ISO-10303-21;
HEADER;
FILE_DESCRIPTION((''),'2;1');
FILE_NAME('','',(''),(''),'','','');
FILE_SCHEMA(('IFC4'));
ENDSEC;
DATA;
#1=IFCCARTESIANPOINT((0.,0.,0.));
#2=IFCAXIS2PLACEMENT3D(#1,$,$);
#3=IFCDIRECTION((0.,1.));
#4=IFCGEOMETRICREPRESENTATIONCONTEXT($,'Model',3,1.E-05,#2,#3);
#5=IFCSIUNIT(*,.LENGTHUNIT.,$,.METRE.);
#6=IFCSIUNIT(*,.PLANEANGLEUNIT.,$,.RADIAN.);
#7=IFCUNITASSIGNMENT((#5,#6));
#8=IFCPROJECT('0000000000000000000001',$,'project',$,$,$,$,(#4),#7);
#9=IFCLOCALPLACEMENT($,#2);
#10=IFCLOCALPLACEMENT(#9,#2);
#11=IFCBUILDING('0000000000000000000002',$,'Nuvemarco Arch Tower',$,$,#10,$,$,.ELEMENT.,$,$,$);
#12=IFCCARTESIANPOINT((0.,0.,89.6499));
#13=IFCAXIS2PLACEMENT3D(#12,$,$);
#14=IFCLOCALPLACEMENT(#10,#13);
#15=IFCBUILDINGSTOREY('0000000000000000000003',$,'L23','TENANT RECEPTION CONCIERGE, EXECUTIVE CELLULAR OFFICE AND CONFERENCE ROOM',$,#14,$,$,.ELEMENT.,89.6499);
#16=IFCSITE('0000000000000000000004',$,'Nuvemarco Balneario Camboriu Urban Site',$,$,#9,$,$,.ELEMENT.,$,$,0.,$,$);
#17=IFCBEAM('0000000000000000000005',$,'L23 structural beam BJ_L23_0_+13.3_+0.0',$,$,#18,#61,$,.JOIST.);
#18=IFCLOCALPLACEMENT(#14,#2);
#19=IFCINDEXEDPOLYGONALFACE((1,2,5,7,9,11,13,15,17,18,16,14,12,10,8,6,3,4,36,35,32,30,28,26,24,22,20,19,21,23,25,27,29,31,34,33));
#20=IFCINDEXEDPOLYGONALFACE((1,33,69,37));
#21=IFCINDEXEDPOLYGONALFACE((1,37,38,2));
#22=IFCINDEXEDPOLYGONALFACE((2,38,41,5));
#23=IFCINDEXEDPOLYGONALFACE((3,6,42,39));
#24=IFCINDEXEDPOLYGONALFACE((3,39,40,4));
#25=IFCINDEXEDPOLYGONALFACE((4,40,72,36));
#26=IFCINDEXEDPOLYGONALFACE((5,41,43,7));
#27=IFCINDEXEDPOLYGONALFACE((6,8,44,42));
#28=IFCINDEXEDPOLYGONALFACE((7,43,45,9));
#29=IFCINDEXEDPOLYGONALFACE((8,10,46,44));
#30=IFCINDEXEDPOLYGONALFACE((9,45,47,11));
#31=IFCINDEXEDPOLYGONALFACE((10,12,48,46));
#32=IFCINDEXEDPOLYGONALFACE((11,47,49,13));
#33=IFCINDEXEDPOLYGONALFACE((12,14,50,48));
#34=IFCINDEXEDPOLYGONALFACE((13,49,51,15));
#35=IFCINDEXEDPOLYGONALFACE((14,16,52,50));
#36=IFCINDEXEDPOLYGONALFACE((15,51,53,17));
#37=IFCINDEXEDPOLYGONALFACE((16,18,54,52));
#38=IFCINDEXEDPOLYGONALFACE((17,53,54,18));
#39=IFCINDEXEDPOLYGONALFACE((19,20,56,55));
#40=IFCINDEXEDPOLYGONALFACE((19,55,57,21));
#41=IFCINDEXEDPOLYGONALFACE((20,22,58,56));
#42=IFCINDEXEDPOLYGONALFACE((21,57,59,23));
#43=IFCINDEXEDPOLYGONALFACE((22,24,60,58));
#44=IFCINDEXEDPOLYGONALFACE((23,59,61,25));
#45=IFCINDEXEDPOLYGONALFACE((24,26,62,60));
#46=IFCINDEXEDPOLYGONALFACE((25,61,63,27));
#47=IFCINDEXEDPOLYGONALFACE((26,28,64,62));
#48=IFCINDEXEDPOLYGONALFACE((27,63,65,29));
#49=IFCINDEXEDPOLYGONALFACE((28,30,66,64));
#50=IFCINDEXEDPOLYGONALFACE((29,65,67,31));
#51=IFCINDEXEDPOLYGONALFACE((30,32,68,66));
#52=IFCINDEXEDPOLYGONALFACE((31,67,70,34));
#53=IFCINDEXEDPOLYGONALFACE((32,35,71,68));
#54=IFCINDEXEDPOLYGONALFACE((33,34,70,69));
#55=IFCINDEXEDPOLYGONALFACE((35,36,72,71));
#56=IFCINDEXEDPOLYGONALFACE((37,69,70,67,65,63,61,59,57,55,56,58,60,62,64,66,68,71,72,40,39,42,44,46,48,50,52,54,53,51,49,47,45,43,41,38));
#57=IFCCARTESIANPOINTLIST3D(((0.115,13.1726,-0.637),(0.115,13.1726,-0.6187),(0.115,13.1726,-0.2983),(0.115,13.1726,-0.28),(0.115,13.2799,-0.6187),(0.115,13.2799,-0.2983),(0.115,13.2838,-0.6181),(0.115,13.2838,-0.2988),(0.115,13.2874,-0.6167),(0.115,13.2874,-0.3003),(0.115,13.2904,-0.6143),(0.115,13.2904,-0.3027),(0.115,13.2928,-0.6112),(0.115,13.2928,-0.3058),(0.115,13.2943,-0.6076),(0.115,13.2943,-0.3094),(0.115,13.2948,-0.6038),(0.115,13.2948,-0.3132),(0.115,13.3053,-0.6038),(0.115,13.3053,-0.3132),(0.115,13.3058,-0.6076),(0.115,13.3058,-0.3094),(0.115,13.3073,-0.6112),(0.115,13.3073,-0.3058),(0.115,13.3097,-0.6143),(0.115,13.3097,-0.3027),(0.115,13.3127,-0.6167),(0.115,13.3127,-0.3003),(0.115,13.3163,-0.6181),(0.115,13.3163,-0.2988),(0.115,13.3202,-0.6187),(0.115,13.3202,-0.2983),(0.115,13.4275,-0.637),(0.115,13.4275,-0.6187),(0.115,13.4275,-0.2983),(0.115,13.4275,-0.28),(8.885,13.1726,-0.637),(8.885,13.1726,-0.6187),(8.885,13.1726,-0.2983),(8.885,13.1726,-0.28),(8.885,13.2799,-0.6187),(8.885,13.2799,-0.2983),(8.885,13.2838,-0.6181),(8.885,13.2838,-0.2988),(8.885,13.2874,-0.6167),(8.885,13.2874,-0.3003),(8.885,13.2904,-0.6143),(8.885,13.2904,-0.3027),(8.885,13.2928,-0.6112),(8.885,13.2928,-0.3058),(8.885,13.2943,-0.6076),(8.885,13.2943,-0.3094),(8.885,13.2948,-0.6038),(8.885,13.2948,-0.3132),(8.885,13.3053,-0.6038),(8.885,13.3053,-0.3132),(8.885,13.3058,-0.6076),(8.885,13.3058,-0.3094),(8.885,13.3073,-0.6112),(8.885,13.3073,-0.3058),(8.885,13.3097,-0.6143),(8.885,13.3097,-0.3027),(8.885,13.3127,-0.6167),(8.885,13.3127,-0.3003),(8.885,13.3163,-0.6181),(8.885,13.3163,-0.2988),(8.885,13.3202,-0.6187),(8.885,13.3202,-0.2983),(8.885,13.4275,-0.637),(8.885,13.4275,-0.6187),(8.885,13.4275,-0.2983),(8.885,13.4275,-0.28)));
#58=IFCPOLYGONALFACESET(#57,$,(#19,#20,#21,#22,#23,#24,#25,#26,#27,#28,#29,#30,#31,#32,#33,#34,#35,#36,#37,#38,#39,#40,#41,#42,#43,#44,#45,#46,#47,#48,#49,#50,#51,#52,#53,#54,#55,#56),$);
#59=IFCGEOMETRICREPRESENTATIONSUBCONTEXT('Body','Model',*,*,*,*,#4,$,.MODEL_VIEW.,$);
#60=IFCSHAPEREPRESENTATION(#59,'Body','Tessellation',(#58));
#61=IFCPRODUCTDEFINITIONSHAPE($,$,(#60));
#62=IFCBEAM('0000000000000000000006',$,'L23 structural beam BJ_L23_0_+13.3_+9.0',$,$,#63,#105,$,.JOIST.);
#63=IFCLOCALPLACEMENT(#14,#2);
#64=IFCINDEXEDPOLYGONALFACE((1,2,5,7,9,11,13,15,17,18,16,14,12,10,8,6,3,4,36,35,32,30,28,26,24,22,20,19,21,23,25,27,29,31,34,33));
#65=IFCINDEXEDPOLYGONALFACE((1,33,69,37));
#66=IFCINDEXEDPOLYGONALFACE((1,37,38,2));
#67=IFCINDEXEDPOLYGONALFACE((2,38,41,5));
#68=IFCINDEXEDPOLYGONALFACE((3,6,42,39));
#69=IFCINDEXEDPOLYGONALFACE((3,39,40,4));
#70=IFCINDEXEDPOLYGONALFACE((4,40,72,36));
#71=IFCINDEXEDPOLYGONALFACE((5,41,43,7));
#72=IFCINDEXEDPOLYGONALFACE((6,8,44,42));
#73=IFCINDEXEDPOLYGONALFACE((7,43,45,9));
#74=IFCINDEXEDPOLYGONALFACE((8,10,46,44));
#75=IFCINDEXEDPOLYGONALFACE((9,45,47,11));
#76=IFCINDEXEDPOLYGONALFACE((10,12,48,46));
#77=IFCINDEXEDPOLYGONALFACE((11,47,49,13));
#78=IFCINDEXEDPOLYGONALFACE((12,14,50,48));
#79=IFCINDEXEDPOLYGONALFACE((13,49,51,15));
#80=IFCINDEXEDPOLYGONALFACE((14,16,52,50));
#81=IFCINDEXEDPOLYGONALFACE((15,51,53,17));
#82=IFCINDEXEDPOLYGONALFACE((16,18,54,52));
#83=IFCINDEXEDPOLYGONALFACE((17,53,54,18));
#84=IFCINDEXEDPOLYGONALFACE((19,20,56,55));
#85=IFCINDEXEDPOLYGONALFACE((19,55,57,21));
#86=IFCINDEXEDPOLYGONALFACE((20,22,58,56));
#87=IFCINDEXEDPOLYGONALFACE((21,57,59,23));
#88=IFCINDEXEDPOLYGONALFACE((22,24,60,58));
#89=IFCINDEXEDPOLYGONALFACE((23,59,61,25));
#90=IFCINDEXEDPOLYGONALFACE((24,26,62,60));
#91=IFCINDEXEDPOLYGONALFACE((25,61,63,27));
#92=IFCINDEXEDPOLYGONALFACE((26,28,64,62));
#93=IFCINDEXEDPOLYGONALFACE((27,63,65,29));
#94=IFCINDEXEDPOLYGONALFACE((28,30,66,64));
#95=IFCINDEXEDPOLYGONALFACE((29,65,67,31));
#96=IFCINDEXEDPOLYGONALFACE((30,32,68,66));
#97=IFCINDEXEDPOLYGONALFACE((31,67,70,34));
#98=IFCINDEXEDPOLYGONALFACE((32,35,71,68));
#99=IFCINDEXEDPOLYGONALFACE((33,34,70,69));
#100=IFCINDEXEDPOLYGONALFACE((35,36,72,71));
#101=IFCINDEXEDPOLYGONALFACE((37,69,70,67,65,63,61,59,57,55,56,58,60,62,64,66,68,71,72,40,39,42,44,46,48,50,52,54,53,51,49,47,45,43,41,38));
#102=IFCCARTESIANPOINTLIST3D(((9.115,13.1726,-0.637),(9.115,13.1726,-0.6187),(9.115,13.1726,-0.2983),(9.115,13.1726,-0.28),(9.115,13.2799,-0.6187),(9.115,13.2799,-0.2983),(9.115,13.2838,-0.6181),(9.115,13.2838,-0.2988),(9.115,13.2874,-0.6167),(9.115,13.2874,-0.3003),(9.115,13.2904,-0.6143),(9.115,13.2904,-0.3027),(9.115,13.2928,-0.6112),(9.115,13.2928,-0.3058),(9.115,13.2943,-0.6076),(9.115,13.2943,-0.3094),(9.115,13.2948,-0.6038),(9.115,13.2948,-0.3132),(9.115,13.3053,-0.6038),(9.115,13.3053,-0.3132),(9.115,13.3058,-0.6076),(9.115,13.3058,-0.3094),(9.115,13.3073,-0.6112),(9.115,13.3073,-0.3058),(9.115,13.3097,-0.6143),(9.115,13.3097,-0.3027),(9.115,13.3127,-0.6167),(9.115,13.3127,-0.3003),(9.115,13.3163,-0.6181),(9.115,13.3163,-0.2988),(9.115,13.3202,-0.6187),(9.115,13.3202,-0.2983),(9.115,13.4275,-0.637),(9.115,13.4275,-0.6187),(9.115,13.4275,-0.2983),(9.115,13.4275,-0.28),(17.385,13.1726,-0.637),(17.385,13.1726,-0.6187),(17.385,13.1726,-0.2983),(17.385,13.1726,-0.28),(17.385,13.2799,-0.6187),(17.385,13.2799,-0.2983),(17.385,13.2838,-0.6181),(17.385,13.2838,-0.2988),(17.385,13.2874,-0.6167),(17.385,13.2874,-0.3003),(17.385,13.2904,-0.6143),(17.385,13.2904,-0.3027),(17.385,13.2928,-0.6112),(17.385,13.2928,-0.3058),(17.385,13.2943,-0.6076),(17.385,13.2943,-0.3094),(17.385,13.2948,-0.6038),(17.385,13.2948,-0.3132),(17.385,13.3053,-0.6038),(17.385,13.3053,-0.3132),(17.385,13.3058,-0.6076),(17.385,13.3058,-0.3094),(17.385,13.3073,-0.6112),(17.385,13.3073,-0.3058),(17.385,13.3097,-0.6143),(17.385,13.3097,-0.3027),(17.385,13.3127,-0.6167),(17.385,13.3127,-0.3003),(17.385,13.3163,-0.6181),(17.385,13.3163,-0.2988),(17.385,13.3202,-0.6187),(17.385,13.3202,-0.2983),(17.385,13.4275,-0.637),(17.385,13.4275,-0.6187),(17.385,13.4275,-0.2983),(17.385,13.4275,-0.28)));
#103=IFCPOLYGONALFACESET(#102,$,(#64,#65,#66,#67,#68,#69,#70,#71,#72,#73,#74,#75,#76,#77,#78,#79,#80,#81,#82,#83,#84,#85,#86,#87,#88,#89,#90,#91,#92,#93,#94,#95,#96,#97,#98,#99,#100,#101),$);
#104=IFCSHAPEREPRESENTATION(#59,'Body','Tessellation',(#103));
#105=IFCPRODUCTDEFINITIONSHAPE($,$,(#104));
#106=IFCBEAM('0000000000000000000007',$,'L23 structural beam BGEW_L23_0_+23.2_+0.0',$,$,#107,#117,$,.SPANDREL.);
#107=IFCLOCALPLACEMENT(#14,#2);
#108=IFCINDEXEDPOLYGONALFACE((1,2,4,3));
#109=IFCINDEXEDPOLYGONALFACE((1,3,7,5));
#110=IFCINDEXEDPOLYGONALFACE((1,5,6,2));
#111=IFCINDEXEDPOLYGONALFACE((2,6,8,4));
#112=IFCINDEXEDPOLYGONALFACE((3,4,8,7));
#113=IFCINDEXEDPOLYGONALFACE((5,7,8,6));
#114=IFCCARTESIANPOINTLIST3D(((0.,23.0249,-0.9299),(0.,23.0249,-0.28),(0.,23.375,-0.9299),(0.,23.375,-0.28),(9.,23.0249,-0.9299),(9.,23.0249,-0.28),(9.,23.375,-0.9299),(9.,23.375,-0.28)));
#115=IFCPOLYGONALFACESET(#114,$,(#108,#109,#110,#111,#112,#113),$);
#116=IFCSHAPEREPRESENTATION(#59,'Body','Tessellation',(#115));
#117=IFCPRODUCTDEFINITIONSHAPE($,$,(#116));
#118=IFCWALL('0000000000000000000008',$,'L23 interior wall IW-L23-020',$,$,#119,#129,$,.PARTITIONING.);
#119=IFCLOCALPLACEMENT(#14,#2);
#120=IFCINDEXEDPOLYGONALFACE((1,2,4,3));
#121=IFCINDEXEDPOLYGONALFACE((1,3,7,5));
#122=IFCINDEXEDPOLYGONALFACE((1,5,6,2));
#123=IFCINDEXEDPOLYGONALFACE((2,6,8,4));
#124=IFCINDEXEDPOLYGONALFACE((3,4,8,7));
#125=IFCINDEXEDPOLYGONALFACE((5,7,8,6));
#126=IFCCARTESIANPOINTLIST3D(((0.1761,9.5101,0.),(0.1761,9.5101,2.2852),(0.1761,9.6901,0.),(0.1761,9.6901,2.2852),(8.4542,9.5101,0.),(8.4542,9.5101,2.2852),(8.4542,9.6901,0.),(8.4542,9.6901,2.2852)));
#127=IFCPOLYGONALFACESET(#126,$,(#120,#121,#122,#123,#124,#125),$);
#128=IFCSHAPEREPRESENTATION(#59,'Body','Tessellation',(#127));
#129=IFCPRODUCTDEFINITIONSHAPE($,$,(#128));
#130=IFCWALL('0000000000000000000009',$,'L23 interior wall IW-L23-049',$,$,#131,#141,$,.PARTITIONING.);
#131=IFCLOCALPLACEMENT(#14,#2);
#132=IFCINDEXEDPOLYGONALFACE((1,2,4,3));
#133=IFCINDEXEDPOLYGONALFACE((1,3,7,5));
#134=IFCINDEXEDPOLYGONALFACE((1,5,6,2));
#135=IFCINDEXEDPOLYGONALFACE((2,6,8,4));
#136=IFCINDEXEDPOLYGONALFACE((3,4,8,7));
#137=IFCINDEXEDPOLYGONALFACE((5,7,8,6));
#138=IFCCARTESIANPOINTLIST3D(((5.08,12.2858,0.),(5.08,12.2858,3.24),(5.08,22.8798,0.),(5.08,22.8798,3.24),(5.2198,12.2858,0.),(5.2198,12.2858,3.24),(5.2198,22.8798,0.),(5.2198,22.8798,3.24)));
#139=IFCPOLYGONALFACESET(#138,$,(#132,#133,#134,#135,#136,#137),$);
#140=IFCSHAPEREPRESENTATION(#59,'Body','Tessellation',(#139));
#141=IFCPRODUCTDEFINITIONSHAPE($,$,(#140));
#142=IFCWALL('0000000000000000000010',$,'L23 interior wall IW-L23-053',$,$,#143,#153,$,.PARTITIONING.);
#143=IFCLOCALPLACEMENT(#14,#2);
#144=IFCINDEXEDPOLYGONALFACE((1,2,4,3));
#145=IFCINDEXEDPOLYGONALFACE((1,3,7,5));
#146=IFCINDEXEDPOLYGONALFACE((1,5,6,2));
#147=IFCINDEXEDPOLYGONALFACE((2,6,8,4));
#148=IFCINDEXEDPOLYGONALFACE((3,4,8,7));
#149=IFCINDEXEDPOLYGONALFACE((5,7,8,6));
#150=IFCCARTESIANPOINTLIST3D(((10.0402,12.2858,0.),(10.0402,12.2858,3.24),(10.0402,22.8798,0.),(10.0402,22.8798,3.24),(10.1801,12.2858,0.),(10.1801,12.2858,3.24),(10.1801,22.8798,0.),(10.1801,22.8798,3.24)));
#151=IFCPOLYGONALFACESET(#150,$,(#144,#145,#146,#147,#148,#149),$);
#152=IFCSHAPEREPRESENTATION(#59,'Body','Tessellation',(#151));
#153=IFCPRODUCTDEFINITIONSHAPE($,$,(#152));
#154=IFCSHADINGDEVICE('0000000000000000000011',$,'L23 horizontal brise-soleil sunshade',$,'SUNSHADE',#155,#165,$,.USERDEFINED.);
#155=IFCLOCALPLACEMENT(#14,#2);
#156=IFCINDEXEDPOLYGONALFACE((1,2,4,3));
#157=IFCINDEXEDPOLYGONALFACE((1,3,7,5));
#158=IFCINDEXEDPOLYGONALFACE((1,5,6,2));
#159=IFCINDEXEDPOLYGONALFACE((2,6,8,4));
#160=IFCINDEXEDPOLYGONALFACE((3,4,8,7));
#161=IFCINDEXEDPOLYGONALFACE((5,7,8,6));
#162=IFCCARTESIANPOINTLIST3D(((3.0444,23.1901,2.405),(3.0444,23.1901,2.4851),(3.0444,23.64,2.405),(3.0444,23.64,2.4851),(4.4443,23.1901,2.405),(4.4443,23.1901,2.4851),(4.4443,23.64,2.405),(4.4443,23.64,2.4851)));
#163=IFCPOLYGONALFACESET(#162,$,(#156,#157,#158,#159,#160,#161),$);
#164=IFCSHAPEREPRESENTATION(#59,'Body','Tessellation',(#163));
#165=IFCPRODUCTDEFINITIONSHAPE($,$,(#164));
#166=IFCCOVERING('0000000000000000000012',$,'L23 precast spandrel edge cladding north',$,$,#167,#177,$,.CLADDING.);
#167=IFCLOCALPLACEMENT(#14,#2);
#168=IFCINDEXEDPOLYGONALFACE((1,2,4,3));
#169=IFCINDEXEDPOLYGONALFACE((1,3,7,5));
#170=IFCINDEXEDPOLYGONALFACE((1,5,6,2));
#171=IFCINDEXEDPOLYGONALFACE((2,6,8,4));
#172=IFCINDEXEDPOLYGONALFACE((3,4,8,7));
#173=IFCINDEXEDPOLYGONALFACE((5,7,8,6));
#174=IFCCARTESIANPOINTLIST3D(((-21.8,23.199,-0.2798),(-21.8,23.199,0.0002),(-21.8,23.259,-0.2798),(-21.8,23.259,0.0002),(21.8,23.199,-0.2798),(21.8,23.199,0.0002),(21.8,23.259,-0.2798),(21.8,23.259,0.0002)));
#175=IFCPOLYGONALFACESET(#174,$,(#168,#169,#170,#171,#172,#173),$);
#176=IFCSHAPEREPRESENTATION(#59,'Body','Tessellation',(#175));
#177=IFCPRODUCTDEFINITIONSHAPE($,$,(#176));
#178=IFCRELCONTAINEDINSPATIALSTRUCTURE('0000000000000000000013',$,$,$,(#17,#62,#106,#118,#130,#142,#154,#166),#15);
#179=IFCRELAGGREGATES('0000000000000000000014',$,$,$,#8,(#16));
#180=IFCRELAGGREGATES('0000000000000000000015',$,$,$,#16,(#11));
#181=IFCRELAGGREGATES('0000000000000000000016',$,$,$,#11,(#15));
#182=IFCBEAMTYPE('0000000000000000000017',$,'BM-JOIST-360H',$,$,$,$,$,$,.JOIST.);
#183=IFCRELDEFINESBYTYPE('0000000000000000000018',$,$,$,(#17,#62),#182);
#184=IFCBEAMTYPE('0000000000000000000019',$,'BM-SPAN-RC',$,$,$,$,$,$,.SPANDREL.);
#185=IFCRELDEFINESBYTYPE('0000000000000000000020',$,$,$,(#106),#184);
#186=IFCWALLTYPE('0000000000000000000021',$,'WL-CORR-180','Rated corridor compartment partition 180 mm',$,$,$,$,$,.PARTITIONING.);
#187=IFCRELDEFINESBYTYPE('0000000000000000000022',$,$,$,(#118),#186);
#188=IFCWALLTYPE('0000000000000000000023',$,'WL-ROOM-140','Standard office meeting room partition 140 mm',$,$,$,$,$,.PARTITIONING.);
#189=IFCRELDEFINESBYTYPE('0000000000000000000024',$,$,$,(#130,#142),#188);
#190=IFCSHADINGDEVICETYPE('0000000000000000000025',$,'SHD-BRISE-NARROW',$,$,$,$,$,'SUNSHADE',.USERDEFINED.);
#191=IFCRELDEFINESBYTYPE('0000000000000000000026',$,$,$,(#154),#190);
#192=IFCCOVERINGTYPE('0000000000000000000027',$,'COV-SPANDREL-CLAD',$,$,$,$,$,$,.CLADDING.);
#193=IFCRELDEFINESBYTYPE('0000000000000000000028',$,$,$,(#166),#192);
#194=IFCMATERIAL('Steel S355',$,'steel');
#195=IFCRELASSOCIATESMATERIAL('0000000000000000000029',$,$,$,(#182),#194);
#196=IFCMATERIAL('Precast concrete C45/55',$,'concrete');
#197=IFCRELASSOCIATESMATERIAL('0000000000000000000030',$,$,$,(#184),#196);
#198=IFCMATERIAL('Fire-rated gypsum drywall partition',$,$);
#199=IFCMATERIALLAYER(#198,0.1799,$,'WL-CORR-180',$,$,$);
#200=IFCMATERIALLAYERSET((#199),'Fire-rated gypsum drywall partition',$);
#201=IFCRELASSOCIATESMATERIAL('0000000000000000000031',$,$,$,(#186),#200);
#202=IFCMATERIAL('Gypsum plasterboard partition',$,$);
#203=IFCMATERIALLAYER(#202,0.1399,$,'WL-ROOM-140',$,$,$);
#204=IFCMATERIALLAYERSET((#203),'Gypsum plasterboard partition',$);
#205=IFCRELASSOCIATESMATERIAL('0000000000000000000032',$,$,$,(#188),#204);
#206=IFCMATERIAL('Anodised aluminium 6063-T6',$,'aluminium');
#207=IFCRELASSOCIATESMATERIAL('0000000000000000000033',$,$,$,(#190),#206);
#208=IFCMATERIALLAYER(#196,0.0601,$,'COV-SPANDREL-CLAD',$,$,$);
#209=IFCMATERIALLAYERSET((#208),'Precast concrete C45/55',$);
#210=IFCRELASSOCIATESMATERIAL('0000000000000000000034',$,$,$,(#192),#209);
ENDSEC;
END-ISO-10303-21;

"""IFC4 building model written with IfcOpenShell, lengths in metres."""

from ifc_helpers import new_model, si_unit, direction, frame, frame_2d, origin, origin_2d, place, context, subcontext, project, spatial, rectangle, i_section, extrude, source, transform, mapped, material, layer, layer_set, material_profile, profile_set, type_object, type_shapes, element, save


model = new_model("IFC4")

# Units and contexts
model_context = context("Model", 3, precision=1e-05, world=origin(), true_north=direction((0.0, 1.0)))
body_context = subcontext(model_context, "Body", "Model", "MODEL_VIEW")
ifc_project = project(units=[si_unit("LENGTHUNIT", "METRE"), si_unit("PLANEANGLEUNIT", "RADIAN")], contexts=[model_context])

# Site, building, storey
site_placement = place(None, origin())
site = spatial("IfcSite", under=ifc_project, at=site_placement, Name="Nuvemarco Balneario Camboriu Urban Site", CompositionType="ELEMENT", RefElevation=0.0)
building_placement = place(site_placement, origin())
building = spatial("IfcBuilding", under=site, at=building_placement, Name="Nuvemarco Arch Tower", CompositionType="ELEMENT")
storey_placement = place(building_placement, frame((0.0, 0.0, 89.6499)))
storey = spatial("IfcBuildingStorey", under=building, at=storey_placement, Name="L23", Description="TENANT RECEPTION CONCIERGE, EXECUTIVE CELLULAR OFFICE AND CONFERENCE ROOM", CompositionType="ELEMENT", Elevation=89.6499)

# Shared definitions
ifc_material_1 = material(Name="Steel S355", Category="steel")

# Beams
ifc_material_profile_1 = material_profile(ifc_material_1, i_section(OverallWidth=0.2549, OverallDepth=0.3569, WebThickness=0.0105, FlangeThickness=0.0183, FilletRadius=0.0149, at=origin_2d()), Name="W360x101")
ifc_profile_set_1 = profile_set([ifc_material_profile_1], Name="Steel S355")
beam_type_1 = type_object("IfcBeamType", Name="BM-JOIST-360H", PredefinedType="JOIST", material=ifc_profile_set_1)
beam_1_placement = place(storey_placement, frame((0.115, 13.3, -0.4585), z_axis=(1.0, 0.0, 0.0), x_axis=(0.0, 1.0, 0.0)))
element("IfcBeam", 1, at=beam_1_placement, inside=storey, type_object=beam_type_1, Name="L23 structural beam BJ_L23_0_+13.3_+0.0", PredefinedType="JOIST", context=body_context, shape_type="SweptSolid", body=[
    extrude(i_section(OverallWidth=0.2549, OverallDepth=0.3569, WebThickness=0.0105, FlangeThickness=0.0183, FilletRadius=0.0149, at=origin_2d()), origin(), (0.0, 0.0, 1.0), 8.77),
])
beam_2_placement = place(storey_placement, frame((9.115, 13.3, -0.4585), z_axis=(1.0, 0.0, 0.0), x_axis=(0.0, 1.0, 0.0)))
element("IfcBeam", 2, at=beam_2_placement, inside=storey, type_object=beam_type_1, Name="L23 structural beam BJ_L23_0_+13.3_+9.0", PredefinedType="JOIST", context=body_context, shape_type="SweptSolid", body=[
    extrude(i_section(OverallWidth=0.2549, OverallDepth=0.3569, WebThickness=0.0105, FlangeThickness=0.0183, FilletRadius=0.0149, at=origin_2d()), origin(), (0.0, 0.0, 1.0), 8.27),
])
ifc_material_2 = material(Name="Precast concrete C45/55", Category="concrete")
ifc_material_profile_2 = material_profile(ifc_material_2, rectangle(XDim=0.3501, YDim=0.6499, at=origin_2d()), Name="PC-SP-350x650")
ifc_profile_set_2 = profile_set([ifc_material_profile_2], Name="Precast concrete C45/55")
beam_type_2 = type_object("IfcBeamType", Name="BM-SPAN-RC", PredefinedType="SPANDREL", material=ifc_profile_set_2)
beam_3_placement = place(storey_placement, frame((0.0, 23.2, -0.605), z_axis=(1.0, 0.0, 0.0), x_axis=(0.0, 1.0, 0.0)))
element("IfcBeam", 3, at=beam_3_placement, inside=storey, type_object=beam_type_2, Name="L23 structural beam BGEW_L23_0_+23.2_+0.0", PredefinedType="SPANDREL", context=body_context, shape_type="SweptSolid", body=[
    extrude(rectangle(XDim=0.3501, YDim=0.6499, at=origin_2d()), origin(), (0.0, 0.0, 1.0), 9.0),
])

# Walls
ifc_material_3 = material(Name="Fire-rated gypsum drywall partition")
ifc_layer_1 = layer(ifc_material_3, 0.1799, Name="WL-CORR-180")
ifc_layer_set_1 = layer_set([ifc_layer_1], Name="Fire-rated gypsum drywall partition")
wall_type_1 = type_object("IfcWallType", Name="WL-CORR-180", Description="Rated corridor compartment partition 180 mm", PredefinedType="PARTITIONING", material=ifc_layer_set_1)
wall_placement = place(storey_placement, frame((0.176, 9.6001, 0.0), z_axis=(0.0, 0.0, 1.0), x_axis=(1.0, 0.0, 0.0)))
element("IfcWall", 4, at=wall_placement, inside=storey, type_object=wall_type_1, Name="L23 interior wall IW-L23-020", PredefinedType="PARTITIONING", context=body_context, shape_type="SweptSolid", body=[
    extrude(rectangle(XDim=8.2781, YDim=0.1799, at=frame_2d((4.1392, 0.0))), origin(), (0.0, 0.0, 1.0), 2.2852),
])
ifc_material_4 = material(Name="Gypsum plasterboard partition")
ifc_layer_2 = layer(ifc_material_4, 0.1399, Name="WL-ROOM-140")
ifc_layer_set_2 = layer_set([ifc_layer_2], Name="Gypsum plasterboard partition")
wall_type_2 = type_object("IfcWallType", Name="WL-ROOM-140", Description="Standard office meeting room partition 140 mm", PredefinedType="PARTITIONING", material=ifc_layer_set_2)
for number, where, z_axis, x_axis, name in (
    (5, (5.1499, 12.2859, 0.0), (0.0, 0.0, 1.0), (0.0, 1.0, 0.0), "L23 interior wall IW-L23-049"),
    (6, (10.1101, 12.2859, 0.0), (0.0, 0.0, 1.0), (0.0, 1.0, 0.0), "L23 interior wall IW-L23-053"),
):
    element("IfcWall", number, at=place(storey_placement, frame(where, z_axis=z_axis, x_axis=x_axis)), inside=storey, type_object=wall_type_2, Name=name, PredefinedType="PARTITIONING", context=body_context, shape_type="SweptSolid", body=[
        extrude(rectangle(XDim=10.594, YDim=0.1399, at=frame_2d((5.2969, 0.0))), origin(), (0.0, 0.0, 1.0), 3.24),
    ])

# Shading device
ifc_material_5 = material(Name="Anodised aluminium 6063-T6", Category="aluminium")
shading_device_type = type_object("IfcShadingDeviceType", Name="SHD-BRISE-NARROW", ElementType="SUNSHADE", PredefinedType="USERDEFINED", material=ifc_material_5)
shared_shape_1 = source(origin(), body_context, "Body", "SweptSolid", [
    extrude(rectangle(XDim=1.3999, YDim=0.45, at=origin_2d()), origin(), (0.0, 0.0, 1.0), 0.0801),
])
type_shapes(shading_device_type, [shared_shape_1])
shading_device_placement = place(storey_placement, frame((3.7444, 23.415, 2.405), z_axis=(0.0, 0.0, 1.0), x_axis=(1.0, 0.0, 0.0)))
element("IfcShadingDevice", 7, at=shading_device_placement, inside=storey, type_object=shading_device_type, Name="L23 horizontal brise-soleil sunshade", ObjectType="SUNSHADE", PredefinedType="USERDEFINED", context=body_context, shape_type="MappedRepresentation", body=[
    mapped(shared_shape_1, transform((0.0, 0.0, 0.0), scale=1.0)),
])

# Covering
ifc_layer_3 = layer(ifc_material_2, 0.0601, Name="COV-SPANDREL-CLAD")
ifc_layer_set_3 = layer_set([ifc_layer_3], Name="Precast concrete C45/55")
covering_type = type_object("IfcCoveringType", Name="COV-SPANDREL-CLAD", PredefinedType="CLADDING", material=ifc_layer_set_3)
shared_shape_2 = source(origin(), body_context, "Body", "SweptSolid", [
    extrude(rectangle(XDim=43.6001, YDim=0.0601, at=origin_2d()), origin(), (0.0, 0.0, 1.0), 0.28),
])
type_shapes(covering_type, [shared_shape_2])
covering_placement = place(storey_placement, frame((0.0, 23.229, -0.2798), z_axis=(0.0, 0.0, 1.0), x_axis=(1.0, 0.0, 0.0)))
element("IfcCovering", 8, at=covering_placement, inside=storey, type_object=covering_type, Name="L23 precast spandrel edge cladding north", PredefinedType="CLADDING", context=body_context, shape_type="MappedRepresentation", body=[
    mapped(shared_shape_2, transform((0.0, 0.0, 0.0), scale=1.0)),
])

save(model, "model.ifc")
